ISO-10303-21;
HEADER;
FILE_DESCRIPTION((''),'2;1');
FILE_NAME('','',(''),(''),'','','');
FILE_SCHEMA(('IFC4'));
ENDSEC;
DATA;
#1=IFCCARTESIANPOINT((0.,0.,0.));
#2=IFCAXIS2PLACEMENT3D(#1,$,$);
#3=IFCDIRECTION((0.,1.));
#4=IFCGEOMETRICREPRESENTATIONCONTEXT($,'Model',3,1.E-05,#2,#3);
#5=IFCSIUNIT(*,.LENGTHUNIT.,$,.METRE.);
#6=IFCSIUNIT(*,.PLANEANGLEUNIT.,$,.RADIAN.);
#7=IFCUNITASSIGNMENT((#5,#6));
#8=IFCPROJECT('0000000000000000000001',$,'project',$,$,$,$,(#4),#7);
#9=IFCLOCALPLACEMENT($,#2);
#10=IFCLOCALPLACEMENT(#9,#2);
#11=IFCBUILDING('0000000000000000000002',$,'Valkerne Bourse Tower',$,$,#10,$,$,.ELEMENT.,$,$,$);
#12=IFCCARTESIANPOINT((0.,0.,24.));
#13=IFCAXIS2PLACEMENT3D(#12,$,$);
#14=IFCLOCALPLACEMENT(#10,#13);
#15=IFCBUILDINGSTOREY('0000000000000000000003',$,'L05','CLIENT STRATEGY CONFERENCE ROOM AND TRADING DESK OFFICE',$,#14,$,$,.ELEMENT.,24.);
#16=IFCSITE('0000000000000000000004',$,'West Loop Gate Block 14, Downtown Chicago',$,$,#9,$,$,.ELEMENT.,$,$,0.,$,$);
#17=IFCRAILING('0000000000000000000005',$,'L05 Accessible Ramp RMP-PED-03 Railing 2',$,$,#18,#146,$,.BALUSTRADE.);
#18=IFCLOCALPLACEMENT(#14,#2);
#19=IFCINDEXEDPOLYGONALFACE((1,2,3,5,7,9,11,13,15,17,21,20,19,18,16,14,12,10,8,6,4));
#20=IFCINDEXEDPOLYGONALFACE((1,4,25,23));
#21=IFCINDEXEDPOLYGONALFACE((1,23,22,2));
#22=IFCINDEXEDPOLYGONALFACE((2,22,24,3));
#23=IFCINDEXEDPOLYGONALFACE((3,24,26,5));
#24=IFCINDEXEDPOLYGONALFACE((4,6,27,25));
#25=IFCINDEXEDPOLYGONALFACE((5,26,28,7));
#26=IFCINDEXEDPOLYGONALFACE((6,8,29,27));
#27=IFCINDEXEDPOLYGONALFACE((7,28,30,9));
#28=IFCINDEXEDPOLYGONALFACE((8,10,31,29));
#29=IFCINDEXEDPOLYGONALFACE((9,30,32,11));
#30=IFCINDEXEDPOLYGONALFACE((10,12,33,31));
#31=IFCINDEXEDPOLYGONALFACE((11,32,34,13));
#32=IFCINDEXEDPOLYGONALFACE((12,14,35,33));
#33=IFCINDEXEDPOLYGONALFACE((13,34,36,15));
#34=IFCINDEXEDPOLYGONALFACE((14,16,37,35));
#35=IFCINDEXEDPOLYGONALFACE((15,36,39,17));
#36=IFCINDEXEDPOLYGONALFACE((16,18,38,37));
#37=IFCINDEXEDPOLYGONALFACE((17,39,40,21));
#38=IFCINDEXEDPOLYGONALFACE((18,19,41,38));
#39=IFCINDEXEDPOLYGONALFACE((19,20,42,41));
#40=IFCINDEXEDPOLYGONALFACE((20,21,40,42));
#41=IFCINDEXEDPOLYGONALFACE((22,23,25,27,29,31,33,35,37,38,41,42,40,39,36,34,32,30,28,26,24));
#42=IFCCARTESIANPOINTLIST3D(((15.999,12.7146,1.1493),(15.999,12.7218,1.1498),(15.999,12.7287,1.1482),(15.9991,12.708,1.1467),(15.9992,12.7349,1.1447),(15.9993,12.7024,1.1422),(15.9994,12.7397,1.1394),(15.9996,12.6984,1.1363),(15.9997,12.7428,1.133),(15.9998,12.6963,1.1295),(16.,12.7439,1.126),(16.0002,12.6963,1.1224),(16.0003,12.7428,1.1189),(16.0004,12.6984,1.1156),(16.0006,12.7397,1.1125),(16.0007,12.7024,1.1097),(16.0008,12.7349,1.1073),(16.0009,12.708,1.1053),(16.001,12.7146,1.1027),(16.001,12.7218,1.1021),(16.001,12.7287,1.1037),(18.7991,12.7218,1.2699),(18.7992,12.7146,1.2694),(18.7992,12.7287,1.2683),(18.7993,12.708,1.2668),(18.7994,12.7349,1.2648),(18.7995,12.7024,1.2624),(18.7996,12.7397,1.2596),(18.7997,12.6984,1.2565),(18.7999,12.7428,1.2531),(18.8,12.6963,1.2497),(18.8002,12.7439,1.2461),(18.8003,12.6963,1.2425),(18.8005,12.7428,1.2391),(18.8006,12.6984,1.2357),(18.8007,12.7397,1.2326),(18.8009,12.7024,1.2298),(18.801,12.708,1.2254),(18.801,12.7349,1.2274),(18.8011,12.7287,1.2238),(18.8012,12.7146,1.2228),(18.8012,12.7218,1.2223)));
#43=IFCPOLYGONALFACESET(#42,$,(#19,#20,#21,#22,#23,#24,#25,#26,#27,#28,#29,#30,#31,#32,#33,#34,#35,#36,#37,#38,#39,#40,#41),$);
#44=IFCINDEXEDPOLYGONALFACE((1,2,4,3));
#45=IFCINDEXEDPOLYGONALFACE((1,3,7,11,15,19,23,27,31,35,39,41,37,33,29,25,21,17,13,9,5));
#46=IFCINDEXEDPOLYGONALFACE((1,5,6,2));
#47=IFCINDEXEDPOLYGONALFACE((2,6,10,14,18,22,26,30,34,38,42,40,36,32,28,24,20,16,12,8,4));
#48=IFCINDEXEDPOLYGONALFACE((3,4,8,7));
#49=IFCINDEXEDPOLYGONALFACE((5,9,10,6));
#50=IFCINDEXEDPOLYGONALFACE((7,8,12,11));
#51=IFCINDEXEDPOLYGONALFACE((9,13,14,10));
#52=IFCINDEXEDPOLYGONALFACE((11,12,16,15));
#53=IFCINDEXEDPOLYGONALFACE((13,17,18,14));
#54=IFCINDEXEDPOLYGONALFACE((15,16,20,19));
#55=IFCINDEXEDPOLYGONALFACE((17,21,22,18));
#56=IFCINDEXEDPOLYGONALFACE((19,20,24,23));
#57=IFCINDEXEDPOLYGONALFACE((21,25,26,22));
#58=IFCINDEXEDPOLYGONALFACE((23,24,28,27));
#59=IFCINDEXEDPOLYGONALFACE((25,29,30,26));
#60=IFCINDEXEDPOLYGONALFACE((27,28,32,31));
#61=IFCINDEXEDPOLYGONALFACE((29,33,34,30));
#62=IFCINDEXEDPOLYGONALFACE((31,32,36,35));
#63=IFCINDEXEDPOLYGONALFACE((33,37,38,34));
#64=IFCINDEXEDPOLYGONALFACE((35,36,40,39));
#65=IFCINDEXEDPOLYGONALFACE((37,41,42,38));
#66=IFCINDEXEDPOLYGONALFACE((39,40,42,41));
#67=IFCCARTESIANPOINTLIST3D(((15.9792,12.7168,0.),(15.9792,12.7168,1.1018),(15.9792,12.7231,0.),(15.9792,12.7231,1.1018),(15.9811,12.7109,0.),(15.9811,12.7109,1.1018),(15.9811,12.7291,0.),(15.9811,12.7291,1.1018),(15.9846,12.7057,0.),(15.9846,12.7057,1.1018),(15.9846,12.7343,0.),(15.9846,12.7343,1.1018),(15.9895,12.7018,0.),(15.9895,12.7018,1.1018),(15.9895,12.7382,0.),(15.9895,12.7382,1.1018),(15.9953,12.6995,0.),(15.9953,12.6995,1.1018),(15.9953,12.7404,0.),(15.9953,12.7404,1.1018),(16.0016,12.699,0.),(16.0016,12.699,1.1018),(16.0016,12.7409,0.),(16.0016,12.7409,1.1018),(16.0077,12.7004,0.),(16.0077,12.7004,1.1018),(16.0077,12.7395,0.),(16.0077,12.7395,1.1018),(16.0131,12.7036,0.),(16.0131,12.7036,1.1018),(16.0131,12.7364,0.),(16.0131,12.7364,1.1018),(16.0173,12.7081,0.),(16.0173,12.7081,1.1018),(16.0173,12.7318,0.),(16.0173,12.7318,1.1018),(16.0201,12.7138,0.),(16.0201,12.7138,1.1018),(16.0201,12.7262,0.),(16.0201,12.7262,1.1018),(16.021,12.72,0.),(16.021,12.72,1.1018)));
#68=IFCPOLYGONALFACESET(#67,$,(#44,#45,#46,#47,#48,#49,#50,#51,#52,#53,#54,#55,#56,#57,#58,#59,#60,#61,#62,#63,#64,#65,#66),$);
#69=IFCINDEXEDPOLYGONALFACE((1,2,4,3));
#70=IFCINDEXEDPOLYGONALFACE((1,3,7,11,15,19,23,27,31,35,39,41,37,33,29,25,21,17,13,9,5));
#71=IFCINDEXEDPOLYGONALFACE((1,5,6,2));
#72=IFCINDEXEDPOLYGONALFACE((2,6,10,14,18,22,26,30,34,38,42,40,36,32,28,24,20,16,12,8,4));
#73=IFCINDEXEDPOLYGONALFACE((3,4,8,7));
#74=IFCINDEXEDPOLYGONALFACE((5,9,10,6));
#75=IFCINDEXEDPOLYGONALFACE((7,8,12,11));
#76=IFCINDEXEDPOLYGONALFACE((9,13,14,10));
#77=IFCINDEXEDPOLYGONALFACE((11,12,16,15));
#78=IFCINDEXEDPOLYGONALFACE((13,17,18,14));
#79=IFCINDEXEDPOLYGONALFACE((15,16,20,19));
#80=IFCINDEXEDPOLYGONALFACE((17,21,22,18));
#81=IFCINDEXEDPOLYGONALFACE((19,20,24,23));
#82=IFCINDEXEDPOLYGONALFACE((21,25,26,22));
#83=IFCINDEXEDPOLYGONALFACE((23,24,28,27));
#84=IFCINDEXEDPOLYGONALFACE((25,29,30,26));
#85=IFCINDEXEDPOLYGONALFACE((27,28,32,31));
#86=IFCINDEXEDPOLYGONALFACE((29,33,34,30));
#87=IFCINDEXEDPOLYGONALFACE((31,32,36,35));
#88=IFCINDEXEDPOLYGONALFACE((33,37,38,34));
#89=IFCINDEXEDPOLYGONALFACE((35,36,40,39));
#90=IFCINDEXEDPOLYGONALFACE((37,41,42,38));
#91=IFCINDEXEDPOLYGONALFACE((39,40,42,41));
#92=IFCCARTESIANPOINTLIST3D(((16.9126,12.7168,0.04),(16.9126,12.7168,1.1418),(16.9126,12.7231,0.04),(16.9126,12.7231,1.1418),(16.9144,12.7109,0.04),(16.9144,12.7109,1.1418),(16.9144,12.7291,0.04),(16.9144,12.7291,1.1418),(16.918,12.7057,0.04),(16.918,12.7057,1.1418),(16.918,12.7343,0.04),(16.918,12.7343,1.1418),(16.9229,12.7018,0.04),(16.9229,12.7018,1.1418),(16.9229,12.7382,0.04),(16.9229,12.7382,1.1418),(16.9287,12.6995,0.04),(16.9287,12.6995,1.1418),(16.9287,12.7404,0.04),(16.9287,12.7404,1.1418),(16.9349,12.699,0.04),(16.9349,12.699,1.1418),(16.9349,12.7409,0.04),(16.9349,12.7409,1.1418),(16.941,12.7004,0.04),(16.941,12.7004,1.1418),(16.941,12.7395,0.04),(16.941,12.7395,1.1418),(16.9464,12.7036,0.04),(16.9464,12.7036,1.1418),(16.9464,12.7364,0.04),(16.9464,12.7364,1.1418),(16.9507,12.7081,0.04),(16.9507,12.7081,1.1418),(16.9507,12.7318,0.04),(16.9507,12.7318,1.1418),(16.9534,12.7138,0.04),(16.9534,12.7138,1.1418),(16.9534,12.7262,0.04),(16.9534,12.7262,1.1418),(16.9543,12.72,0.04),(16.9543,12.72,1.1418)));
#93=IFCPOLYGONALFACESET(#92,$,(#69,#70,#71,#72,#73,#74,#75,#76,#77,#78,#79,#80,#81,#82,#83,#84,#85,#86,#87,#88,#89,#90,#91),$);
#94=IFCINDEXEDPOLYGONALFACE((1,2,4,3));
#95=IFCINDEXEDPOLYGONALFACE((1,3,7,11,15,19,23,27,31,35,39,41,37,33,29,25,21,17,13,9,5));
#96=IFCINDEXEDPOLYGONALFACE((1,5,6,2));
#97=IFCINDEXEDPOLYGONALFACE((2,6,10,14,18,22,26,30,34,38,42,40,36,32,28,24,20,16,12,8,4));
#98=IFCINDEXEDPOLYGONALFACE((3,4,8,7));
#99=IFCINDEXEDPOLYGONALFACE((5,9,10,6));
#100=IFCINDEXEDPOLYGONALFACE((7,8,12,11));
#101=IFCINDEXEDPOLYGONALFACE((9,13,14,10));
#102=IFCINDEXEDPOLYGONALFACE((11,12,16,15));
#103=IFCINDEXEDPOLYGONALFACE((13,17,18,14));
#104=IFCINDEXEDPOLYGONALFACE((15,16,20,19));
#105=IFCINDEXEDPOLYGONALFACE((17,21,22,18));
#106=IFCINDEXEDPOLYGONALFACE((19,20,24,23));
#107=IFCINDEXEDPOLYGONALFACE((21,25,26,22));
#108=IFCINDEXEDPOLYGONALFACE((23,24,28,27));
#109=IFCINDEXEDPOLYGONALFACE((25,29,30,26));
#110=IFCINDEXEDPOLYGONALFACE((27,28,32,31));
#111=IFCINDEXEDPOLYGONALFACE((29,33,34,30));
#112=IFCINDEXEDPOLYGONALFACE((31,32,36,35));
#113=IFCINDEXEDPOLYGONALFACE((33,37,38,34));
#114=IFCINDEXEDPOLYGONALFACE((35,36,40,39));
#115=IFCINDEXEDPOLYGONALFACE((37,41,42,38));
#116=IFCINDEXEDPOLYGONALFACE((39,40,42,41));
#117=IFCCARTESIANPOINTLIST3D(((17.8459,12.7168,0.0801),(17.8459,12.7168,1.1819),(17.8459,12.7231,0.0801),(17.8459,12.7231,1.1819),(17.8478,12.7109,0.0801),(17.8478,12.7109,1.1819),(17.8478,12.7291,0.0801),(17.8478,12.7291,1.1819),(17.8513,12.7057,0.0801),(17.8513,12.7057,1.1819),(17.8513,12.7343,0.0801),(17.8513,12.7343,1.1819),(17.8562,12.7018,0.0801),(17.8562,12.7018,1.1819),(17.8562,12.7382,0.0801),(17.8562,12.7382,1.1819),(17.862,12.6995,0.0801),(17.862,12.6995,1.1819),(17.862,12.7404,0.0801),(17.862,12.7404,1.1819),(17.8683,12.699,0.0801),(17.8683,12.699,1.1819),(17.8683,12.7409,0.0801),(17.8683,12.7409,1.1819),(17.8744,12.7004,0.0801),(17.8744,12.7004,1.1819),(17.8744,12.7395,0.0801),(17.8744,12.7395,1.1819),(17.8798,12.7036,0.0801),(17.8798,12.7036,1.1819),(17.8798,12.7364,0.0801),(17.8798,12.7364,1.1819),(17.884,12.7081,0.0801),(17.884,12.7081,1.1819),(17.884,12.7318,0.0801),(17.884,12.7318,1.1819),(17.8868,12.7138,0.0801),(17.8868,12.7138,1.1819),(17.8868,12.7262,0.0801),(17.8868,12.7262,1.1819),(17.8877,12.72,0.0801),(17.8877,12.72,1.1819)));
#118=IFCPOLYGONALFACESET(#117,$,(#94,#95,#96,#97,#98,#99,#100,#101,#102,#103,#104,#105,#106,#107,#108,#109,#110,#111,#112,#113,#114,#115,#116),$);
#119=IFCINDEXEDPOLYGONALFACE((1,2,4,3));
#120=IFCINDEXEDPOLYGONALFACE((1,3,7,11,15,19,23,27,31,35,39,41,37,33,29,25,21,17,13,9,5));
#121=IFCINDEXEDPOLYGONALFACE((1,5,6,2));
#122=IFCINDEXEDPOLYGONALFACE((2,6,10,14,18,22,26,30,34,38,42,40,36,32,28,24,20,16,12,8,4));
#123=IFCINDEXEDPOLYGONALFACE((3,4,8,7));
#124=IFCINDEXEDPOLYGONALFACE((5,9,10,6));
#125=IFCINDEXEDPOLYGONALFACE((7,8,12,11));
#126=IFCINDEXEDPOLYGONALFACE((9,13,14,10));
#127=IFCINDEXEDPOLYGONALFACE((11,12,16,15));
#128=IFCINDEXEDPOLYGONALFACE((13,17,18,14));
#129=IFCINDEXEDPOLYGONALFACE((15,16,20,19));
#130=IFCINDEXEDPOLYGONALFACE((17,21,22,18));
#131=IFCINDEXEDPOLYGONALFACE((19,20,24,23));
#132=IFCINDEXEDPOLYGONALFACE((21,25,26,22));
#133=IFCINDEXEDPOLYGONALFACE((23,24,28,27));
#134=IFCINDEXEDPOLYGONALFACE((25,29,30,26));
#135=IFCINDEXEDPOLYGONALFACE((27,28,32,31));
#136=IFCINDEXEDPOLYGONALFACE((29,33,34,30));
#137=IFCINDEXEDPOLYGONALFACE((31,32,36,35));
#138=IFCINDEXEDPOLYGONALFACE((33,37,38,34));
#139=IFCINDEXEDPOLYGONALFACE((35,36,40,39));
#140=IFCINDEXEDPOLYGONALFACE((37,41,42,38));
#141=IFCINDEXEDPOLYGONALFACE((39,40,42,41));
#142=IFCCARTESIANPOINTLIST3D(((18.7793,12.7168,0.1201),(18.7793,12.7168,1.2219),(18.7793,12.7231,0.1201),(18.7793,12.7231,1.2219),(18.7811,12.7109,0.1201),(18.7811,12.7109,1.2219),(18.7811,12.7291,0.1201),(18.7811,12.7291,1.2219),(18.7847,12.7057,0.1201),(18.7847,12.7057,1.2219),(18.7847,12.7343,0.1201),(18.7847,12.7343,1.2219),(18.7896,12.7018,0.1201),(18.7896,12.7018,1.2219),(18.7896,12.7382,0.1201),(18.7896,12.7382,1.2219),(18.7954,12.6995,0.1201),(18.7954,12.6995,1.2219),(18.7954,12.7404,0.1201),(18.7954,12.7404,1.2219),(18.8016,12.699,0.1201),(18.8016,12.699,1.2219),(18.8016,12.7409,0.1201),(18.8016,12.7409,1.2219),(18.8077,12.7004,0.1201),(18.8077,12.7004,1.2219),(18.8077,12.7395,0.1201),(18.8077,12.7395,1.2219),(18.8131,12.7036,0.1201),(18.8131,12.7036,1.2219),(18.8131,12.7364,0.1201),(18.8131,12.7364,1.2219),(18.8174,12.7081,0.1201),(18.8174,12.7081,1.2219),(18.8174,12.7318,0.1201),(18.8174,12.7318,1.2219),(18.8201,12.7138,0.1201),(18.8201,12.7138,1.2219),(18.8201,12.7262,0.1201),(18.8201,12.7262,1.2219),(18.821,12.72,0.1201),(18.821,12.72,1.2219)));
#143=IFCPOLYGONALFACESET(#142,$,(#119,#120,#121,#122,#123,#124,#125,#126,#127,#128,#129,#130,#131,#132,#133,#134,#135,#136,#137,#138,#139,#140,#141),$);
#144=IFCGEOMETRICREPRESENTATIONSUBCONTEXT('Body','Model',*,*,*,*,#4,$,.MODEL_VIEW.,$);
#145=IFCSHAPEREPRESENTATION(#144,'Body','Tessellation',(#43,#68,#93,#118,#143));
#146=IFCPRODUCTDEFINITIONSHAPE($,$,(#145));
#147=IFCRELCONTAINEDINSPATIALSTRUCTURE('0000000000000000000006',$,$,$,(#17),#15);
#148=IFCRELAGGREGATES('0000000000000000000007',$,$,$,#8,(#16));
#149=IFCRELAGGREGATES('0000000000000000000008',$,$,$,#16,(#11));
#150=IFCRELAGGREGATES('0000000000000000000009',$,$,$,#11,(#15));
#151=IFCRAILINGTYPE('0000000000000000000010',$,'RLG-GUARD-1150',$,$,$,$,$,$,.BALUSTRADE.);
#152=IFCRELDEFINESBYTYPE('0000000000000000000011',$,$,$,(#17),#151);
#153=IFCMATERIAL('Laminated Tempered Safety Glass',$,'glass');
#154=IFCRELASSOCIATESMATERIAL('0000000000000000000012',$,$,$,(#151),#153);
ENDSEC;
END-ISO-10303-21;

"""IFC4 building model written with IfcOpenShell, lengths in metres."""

from ifc_helpers import new_model, si_unit, direction, frame, origin, origin_2d, place, context, subcontext, project, spatial, circle, extrude, material, type_object, element, save


model = new_model("IFC4")

# Units and contexts
model_context = context("Model", 3, precision=1e-05, world=origin(), true_north=direction((0.0, 1.0)))
body_context = subcontext(model_context, "Body", "Model", "MODEL_VIEW")
ifc_project = project(units=[si_unit("LENGTHUNIT", "METRE"), si_unit("PLANEANGLEUNIT", "RADIAN")], contexts=[model_context])

# Site, building, storey
site_placement = place(None, origin())
site = spatial("IfcSite", under=ifc_project, at=site_placement, Name="West Loop Gate Block 14, Downtown Chicago", CompositionType="ELEMENT", RefElevation=0.0)
building_placement = place(site_placement, origin())
building = spatial("IfcBuilding", under=site, at=building_placement, Name="Valkerne Bourse Tower", CompositionType="ELEMENT")
storey_placement = place(building_placement, frame((0.0, 0.0, 24.0)))
storey = spatial("IfcBuildingStorey", under=building, at=storey_placement, Name="L05", Description="CLIENT STRATEGY CONFERENCE ROOM AND TRADING DESK OFFICE", CompositionType="ELEMENT", Elevation=24.0)

# Railing
ifc_material_1 = material(Name="Laminated Tempered Safety Glass", Category="glass")
railing_type_1 = type_object("IfcRailingType", Name="RLG-GUARD-1150", PredefinedType="BALUSTRADE", material=ifc_material_1)
for number, where, name in (
    (1, (16.0, 12.72, 0.0), "L05 Accessible Ramp RMP-PED-03 Railing 2"),
):
    element("IfcRailing", number, at=place(storey_placement, frame(where)), inside=storey, type_object=railing_type_1, Name=name, PredefinedType="BALUSTRADE", context=body_context, shape_type="SweptSolid", body=[
        extrude(circle(Radius=0.0239, at=origin_2d()), frame((0.0, 0.0, 1.126), z_axis=(0.999081, 0.0, 0.042859), x_axis=(0.0, 1.0, 0.0)), (0.0, 0.0, 1.0), 2.8027),
        extrude(circle(Radius=0.021, at=origin_2d()), origin(), (0.0, 0.0, 1.0), 1.1018),
        extrude(circle(Radius=0.021, at=origin_2d()), frame((0.9333, 0.0, 0.04)), (0.0, 0.0, 1.0), 1.1018),
        extrude(circle(Radius=0.021, at=origin_2d()), frame((1.8667, 0.0, 0.0801)), (0.0, 0.0, 1.0), 1.1018),
        extrude(circle(Radius=0.021, at=origin_2d()), frame((2.8, 0.0, 0.1201)), (0.0, 0.0, 1.0), 1.1018),
    ])

save(model, "model.ifc")
